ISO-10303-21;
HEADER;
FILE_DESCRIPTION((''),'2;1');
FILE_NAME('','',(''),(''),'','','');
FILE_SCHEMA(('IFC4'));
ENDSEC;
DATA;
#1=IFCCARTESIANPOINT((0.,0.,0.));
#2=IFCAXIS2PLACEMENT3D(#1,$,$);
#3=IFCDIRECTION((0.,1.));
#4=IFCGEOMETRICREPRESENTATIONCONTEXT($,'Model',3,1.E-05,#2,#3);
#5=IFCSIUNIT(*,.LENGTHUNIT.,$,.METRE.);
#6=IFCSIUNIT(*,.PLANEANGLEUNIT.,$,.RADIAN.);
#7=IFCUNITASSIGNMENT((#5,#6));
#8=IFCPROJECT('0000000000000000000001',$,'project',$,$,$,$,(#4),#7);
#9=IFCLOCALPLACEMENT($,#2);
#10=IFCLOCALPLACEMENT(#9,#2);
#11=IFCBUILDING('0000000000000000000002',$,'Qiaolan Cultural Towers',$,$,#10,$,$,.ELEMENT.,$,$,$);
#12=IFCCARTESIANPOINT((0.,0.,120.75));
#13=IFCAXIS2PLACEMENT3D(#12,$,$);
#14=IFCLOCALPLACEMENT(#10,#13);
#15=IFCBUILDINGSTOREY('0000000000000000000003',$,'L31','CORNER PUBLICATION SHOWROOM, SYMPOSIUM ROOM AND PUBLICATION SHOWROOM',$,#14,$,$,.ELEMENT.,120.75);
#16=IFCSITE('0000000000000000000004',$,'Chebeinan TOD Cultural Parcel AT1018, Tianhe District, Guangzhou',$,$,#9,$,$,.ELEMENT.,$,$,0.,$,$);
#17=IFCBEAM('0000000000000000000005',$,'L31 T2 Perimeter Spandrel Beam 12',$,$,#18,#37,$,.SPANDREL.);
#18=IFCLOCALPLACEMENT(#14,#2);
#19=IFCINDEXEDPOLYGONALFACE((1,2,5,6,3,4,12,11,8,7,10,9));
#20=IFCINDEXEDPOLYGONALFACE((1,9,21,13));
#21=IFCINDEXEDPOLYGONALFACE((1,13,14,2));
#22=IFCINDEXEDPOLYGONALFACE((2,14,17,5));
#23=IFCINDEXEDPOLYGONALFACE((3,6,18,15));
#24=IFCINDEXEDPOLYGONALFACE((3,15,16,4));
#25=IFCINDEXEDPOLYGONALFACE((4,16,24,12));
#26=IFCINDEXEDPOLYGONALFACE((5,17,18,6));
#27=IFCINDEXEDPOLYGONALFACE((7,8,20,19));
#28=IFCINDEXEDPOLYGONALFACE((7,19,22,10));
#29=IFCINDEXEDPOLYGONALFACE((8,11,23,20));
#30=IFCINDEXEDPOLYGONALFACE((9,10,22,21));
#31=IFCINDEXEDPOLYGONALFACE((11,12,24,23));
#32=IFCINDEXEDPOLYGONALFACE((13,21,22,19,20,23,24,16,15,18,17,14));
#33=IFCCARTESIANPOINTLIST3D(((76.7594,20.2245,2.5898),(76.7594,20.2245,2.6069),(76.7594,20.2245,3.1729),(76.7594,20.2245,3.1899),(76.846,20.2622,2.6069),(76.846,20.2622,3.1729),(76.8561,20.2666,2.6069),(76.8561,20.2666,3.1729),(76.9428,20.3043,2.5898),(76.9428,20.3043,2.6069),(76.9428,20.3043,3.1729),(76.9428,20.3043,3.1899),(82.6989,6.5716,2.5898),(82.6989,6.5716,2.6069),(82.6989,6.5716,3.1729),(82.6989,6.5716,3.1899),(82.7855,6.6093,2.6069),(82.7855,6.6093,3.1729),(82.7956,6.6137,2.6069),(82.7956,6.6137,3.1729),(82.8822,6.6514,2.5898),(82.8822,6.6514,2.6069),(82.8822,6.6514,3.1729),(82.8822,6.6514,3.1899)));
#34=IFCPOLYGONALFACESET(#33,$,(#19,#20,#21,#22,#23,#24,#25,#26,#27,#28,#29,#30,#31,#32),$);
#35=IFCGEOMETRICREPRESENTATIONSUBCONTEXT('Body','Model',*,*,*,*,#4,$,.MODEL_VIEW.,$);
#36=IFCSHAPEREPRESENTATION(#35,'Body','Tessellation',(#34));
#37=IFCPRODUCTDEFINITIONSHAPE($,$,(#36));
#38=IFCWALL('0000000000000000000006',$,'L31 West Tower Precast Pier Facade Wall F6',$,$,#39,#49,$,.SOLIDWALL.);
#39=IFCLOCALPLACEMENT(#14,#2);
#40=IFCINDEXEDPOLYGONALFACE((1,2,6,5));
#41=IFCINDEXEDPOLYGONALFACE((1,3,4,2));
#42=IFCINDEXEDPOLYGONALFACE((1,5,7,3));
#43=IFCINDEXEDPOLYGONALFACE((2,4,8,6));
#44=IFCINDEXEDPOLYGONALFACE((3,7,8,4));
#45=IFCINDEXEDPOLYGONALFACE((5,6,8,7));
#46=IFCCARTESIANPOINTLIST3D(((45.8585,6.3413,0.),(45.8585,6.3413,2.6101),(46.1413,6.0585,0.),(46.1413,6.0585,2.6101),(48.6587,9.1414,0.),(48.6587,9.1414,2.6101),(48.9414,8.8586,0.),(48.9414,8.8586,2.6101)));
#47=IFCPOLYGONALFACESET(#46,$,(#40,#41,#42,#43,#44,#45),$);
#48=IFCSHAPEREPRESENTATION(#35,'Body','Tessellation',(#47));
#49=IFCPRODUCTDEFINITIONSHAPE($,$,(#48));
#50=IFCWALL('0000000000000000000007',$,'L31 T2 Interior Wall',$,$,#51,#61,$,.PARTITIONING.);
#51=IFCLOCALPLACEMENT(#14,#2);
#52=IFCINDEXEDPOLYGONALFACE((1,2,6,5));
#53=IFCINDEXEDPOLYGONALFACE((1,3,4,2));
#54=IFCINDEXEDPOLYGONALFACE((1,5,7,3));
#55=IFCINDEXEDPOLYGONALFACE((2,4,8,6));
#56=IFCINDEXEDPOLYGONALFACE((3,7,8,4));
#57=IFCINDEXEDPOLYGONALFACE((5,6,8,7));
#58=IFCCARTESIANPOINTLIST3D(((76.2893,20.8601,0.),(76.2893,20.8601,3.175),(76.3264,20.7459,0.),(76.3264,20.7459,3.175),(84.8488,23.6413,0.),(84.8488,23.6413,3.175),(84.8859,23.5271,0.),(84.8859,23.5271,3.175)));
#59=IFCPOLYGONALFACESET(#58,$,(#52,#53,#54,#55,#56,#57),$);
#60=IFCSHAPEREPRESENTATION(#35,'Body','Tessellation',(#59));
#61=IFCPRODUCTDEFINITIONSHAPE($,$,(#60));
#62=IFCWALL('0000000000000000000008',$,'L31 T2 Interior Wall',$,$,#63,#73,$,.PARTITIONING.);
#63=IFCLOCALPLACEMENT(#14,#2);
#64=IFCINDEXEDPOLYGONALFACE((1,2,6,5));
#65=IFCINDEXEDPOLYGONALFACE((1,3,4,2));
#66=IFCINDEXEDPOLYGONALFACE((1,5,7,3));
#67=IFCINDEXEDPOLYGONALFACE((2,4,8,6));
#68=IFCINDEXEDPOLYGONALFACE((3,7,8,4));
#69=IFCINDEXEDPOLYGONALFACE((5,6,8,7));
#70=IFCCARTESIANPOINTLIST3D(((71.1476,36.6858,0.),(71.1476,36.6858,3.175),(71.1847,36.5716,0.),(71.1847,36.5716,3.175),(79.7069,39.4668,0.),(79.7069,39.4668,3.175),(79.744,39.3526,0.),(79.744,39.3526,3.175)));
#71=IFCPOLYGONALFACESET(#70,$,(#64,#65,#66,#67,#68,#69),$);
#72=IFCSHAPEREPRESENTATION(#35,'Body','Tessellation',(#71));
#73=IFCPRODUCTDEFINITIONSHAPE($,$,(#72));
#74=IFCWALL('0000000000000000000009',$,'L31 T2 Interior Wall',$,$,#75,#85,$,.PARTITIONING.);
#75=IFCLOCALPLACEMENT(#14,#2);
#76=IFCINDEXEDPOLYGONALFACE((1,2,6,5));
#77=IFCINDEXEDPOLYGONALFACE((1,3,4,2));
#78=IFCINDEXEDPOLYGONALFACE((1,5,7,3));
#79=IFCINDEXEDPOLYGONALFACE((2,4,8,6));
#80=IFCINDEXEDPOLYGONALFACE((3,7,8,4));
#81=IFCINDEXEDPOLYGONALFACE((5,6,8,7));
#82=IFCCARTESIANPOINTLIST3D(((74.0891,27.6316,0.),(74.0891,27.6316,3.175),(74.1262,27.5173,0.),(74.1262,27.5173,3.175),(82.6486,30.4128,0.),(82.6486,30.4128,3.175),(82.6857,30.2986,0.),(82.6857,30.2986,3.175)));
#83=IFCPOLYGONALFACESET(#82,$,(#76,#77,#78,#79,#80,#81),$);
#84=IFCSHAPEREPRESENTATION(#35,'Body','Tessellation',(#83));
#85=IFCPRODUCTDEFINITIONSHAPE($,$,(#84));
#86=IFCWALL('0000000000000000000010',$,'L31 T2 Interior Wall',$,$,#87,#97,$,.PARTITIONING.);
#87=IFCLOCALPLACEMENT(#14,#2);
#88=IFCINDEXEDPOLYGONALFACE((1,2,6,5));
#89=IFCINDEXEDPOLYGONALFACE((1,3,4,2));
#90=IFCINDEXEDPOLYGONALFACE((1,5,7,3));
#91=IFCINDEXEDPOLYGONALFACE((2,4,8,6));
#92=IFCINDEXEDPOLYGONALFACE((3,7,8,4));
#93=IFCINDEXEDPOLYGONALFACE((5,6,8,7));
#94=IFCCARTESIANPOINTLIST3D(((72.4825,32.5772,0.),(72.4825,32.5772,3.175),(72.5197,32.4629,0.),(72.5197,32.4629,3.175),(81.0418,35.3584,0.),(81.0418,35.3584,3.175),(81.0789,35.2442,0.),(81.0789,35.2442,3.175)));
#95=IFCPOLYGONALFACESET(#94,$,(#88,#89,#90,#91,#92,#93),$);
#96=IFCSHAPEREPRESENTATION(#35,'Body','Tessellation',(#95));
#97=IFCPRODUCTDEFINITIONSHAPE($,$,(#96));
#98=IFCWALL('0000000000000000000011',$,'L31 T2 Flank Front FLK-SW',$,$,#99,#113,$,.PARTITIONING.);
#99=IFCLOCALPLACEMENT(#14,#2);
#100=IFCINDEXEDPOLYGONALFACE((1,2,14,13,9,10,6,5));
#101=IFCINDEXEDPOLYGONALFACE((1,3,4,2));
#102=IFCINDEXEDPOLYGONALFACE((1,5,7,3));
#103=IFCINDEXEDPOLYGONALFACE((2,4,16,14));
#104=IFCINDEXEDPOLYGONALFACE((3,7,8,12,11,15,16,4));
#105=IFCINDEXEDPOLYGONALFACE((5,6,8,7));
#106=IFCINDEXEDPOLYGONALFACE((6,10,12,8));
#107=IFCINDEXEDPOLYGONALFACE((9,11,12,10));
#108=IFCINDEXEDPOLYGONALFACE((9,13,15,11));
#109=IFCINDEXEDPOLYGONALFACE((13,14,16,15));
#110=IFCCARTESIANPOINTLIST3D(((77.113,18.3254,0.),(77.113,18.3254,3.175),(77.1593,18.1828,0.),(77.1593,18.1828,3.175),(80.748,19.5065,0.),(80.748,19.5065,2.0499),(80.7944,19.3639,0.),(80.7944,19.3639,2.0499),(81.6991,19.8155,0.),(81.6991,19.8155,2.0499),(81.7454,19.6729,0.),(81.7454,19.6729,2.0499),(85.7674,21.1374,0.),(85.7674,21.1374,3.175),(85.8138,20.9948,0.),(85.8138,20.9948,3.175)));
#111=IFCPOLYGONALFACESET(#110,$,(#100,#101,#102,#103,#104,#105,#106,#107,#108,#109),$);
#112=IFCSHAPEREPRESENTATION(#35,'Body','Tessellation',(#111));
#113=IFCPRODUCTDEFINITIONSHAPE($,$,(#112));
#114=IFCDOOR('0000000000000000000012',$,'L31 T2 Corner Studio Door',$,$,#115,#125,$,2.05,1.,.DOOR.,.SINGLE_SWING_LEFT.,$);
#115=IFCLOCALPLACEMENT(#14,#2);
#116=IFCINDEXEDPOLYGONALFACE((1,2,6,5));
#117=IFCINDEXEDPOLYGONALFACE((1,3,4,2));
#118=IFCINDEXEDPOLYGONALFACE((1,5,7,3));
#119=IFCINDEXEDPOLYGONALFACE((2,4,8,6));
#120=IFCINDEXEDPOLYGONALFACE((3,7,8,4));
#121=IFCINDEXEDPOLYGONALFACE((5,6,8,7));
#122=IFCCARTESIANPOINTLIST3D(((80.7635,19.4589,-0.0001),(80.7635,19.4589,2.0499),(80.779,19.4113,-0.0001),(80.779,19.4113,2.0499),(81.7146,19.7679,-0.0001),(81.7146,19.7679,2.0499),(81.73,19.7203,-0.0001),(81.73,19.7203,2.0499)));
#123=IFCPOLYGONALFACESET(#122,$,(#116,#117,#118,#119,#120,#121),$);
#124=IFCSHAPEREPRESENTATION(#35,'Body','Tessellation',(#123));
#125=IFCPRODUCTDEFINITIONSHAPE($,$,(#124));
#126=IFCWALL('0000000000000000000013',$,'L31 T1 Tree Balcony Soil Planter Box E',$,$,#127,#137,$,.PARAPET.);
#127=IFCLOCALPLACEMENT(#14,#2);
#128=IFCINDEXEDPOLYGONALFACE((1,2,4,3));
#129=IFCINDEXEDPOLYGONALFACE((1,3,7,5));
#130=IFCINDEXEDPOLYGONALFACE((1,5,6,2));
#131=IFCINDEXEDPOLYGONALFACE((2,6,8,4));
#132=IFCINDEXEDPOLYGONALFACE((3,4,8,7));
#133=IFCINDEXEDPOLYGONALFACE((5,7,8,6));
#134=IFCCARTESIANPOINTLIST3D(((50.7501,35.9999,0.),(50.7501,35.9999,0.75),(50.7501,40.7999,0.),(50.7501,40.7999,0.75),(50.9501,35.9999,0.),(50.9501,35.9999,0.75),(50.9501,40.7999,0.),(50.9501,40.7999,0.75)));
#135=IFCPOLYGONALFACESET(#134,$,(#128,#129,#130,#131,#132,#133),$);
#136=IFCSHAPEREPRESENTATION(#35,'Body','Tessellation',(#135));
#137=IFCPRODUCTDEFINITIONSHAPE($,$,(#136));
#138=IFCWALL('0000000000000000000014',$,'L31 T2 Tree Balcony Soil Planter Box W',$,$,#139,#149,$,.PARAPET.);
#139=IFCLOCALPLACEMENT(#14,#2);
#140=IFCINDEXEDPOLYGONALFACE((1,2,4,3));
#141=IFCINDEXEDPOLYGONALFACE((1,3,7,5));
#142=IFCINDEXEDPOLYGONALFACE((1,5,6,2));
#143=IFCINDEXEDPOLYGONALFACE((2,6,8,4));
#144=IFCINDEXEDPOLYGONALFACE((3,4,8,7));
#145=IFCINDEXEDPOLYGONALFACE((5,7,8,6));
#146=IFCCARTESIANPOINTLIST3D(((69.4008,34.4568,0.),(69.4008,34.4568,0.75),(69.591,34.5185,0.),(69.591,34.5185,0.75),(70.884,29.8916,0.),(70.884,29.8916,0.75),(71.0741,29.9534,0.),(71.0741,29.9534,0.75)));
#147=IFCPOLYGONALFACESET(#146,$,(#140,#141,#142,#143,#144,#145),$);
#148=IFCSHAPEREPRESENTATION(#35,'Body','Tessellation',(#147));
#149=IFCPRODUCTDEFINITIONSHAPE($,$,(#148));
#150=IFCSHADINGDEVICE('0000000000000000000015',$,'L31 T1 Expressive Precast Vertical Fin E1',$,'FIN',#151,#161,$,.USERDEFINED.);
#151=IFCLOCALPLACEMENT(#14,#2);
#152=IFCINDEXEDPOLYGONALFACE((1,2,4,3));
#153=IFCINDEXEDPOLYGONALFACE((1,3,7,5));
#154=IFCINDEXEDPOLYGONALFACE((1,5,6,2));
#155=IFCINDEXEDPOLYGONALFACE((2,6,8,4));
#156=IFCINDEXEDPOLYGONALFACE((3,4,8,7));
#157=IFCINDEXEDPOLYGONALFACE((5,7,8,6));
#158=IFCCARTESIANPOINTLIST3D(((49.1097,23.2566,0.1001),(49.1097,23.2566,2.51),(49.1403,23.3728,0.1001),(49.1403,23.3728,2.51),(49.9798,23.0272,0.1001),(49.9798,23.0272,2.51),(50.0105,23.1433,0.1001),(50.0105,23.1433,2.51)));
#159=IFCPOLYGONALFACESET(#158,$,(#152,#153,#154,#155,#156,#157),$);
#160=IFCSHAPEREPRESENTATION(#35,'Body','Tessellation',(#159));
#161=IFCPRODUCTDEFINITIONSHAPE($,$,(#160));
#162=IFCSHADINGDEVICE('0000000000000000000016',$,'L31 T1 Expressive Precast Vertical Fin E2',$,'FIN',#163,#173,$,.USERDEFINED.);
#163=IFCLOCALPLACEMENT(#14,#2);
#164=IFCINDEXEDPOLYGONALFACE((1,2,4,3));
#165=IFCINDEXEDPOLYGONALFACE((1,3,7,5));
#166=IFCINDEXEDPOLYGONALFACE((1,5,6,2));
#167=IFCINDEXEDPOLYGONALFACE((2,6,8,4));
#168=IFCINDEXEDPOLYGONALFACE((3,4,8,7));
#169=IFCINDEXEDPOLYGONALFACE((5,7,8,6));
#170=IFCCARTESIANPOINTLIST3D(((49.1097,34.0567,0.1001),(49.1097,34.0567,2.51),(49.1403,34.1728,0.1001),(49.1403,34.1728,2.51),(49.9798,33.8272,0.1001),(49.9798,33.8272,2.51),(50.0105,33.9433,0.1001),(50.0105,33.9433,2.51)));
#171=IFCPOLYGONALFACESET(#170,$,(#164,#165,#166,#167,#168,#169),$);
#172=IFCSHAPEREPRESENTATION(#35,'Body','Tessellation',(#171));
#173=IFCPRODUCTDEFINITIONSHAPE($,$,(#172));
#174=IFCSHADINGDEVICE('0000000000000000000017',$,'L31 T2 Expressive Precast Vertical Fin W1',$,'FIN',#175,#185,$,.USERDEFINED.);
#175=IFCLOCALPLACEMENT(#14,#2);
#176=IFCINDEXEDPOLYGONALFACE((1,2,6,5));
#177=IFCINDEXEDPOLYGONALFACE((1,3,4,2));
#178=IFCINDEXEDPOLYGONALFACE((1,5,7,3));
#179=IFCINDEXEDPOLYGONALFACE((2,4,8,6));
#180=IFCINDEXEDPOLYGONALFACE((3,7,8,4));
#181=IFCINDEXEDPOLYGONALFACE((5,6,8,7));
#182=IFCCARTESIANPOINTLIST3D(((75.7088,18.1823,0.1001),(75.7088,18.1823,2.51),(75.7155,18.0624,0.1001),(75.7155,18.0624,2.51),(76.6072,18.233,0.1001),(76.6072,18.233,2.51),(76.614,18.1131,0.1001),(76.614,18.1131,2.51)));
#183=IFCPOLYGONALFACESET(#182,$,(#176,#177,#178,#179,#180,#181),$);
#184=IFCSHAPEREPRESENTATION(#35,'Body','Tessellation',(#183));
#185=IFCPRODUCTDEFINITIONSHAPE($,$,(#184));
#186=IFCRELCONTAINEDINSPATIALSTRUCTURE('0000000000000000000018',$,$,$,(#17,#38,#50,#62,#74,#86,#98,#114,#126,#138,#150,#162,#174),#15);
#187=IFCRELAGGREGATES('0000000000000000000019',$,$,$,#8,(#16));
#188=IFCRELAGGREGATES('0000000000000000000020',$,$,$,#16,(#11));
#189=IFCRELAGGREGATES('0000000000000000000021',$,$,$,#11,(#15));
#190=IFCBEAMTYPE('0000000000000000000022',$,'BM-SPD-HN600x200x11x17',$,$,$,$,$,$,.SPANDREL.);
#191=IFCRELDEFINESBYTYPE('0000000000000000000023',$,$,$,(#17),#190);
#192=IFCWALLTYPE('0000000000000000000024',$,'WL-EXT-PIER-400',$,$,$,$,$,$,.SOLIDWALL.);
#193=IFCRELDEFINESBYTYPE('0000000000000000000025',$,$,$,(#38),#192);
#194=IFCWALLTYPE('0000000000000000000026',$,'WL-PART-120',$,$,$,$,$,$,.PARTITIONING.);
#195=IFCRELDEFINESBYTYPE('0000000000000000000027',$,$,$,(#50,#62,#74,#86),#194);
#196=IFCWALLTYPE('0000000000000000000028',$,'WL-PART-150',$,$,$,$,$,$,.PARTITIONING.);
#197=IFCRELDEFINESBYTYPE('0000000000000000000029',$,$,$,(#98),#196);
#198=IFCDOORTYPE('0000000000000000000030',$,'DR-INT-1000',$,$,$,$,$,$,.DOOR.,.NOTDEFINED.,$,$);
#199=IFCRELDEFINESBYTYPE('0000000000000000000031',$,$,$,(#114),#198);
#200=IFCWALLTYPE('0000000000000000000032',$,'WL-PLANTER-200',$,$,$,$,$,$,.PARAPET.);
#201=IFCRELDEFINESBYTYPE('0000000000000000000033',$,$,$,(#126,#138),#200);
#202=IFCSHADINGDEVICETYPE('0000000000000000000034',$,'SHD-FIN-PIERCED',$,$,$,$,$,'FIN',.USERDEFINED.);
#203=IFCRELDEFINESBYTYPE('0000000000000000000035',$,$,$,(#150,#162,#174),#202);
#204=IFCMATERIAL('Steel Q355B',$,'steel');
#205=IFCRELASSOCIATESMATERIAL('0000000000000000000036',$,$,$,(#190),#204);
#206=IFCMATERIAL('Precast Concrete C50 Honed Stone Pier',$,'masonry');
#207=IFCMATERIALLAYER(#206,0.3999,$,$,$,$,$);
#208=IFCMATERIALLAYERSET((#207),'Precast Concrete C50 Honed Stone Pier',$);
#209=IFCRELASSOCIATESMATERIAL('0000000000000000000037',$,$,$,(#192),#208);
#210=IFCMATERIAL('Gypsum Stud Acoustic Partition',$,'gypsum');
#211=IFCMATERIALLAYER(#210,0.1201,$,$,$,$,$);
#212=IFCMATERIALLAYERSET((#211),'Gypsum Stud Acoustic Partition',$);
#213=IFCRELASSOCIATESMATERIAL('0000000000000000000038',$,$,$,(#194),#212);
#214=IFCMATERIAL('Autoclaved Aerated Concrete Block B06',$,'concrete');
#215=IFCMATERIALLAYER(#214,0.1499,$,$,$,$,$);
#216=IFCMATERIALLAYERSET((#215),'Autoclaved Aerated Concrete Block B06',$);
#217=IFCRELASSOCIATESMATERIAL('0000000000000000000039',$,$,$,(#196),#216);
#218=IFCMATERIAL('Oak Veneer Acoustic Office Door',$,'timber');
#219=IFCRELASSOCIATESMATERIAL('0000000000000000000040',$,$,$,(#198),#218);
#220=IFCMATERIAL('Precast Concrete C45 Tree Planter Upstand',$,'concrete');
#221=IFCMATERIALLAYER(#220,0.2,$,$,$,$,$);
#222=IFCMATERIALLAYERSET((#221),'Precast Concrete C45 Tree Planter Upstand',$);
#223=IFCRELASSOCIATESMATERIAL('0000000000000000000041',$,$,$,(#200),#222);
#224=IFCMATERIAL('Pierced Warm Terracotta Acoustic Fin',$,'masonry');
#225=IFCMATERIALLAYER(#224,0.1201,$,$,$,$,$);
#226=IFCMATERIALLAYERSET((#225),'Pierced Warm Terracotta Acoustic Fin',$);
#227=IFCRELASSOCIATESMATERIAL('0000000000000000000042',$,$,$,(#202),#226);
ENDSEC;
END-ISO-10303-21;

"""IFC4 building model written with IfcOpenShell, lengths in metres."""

from ifc_helpers import new_model, si_unit, direction, frame, frame_2d, origin, origin_2d, place, context, subcontext, project, spatial, rectangle, i_section, extrude, material, layer, layer_set, material_profile, profile_set, type_object, element, fill, save


model = new_model("IFC4")

# Units and contexts
model_context = context("Model", 3, precision=1e-05, world=origin(), true_north=direction((0.0, 1.0)))
body_context = subcontext(model_context, "Body", "Model", "MODEL_VIEW")
ifc_project = project(units=[si_unit("LENGTHUNIT", "METRE"), si_unit("PLANEANGLEUNIT", "RADIAN")], contexts=[model_context])

# Site, building, storey
site_placement = place(None, origin())
site = spatial("IfcSite", under=ifc_project, at=site_placement, Name="Chebeinan TOD Cultural Parcel AT1018, Tianhe District, Guangzhou", CompositionType="ELEMENT", RefElevation=0.0)
building_placement = place(site_placement, origin())
building = spatial("IfcBuilding", under=site, at=building_placement, Name="Qiaolan Cultural Towers", CompositionType="ELEMENT")
storey_placement = place(building_placement, frame((0.0, 0.0, 120.75)))
storey = spatial("IfcBuildingStorey", under=building, at=storey_placement, Name="L31", Description="CORNER PUBLICATION SHOWROOM, SYMPOSIUM ROOM AND PUBLICATION SHOWROOM", CompositionType="ELEMENT", Elevation=120.75)

# Beam
ifc_material_1 = material(Name="Steel Q355B", Category="steel")
ifc_material_profile_1 = material_profile(ifc_material_1, i_section(OverallWidth=0.2, OverallDepth=0.6001, WebThickness=0.011, FlangeThickness=0.0171, at=origin_2d()), Name="HN600x200x11x17")
ifc_profile_set_1 = profile_set([ifc_material_profile_1], Name="Steel Q355B")
beam_type_1 = type_object("IfcBeamType", Name="BM-SPD-HN600x200x11x17", PredefinedType="SPANDREL", material=ifc_profile_set_1)
beam_placement = place(storey_placement, frame((76.8511, 20.2644, 2.8899), z_axis=(0.39892, -0.916986, 0.0), x_axis=(0.916986, 0.39892, 0.0)))
element("IfcBeam", 1, at=beam_placement, inside=storey, type_object=beam_type_1, Name="L31 T2 Perimeter Spandrel Beam 12", PredefinedType="SPANDREL", context=body_context, shape_type="SweptSolid", body=[
    extrude(i_section(OverallWidth=0.2, OverallDepth=0.6001, WebThickness=0.011, FlangeThickness=0.0171, at=origin_2d()), origin(), (0.0, 0.0, 1.0), 14.8889),
])

# Walls
ifc_material_2 = material(Name="Precast Concrete C50 Honed Stone Pier", Category="masonry")
ifc_layer_1 = layer(ifc_material_2, 0.3999)
ifc_layer_set_1 = layer_set([ifc_layer_1], Name="Precast Concrete C50 Honed Stone Pier")
wall_type_1 = type_object("IfcWallType", Name="WL-EXT-PIER-400", PredefinedType="SOLIDWALL", material=ifc_layer_set_1)
wall_1_placement = place(storey_placement, frame((48.8, 9.0, 0.0), z_axis=(0.0, 0.0, 1.0), x_axis=(-0.707107, -0.707107, 0.0)))
element("IfcWall", 2, at=wall_1_placement, inside=storey, type_object=wall_type_1, Name="L31 West Tower Precast Pier Facade Wall F6", PredefinedType="SOLIDWALL", context=body_context, shape_type="SweptSolid", body=[
    extrude(rectangle(XDim=3.96, YDim=0.3999, at=frame_2d((1.98, 0.0))), origin(), (0.0, 0.0, 1.0), 2.6101),
])
ifc_material_3 = material(Name="Gypsum Stud Acoustic Partition", Category="gypsum")
ifc_layer_2 = layer(ifc_material_3, 0.1201)
ifc_layer_set_2 = layer_set([ifc_layer_2], Name="Gypsum Stud Acoustic Partition")
wall_type_2 = type_object("IfcWallType", Name="WL-PART-120", PredefinedType="PARTITIONING", material=ifc_layer_set_2)
wall_2_placement = place(storey_placement, frame((76.3079, 20.803, 0.0), z_axis=(0.0, 0.0, 1.0), x_axis=(0.951054, 0.309025, 0.0)))
element("IfcWall", 3, at=wall_2_placement, inside=storey, type_object=wall_type_2, Name="L31 T2 Interior Wall", PredefinedType="PARTITIONING", context=body_context, shape_type="SweptSolid", body=[
    extrude(rectangle(XDim=9.0, YDim=0.1201, at=frame_2d((4.5, 0.0))), origin(), (0.0, 0.0, 1.0), 3.175),
])
wall_3_placement = place(storey_placement, frame((71.166, 36.6287, 0.0), z_axis=(0.0, 0.0, 1.0), x_axis=(0.951059, 0.309008, 0.0)))
element("IfcWall", 4, at=wall_3_placement, inside=storey, type_object=wall_type_2, Name="L31 T2 Interior Wall", PredefinedType="PARTITIONING", context=body_context, shape_type="SweptSolid", body=[
    extrude(rectangle(XDim=8.9998, YDim=0.1201, at=frame_2d((4.5, 0.0))), origin(), (0.0, 0.0, 1.0), 3.175),
])
wall_4_placement = place(storey_placement, frame((74.1077, 27.5745, 0.0), z_axis=(0.0, 0.0, 1.0), x_axis=(0.951054, 0.309025, 0.0)))
element("IfcWall", 5, at=wall_4_placement, inside=storey, type_object=wall_type_2, Name="L31 T2 Interior Wall", PredefinedType="PARTITIONING", context=body_context, shape_type="SweptSolid", body=[
    extrude(rectangle(XDim=9.0, YDim=0.1201, at=frame_2d((4.5, 0.0))), origin(), (0.0, 0.0, 1.0), 3.175),
])
wall_5_placement = place(storey_placement, frame((72.501, 32.52, 0.0), z_axis=(0.0, 0.0, 1.0), x_axis=(0.951051, 0.309033, 0.0)))
element("IfcWall", 6, at=wall_5_placement, inside=storey, type_object=wall_type_2, Name="L31 T2 Interior Wall", PredefinedType="PARTITIONING", context=body_context, shape_type="SweptSolid", body=[
    extrude(rectangle(XDim=8.9998, YDim=0.1201, at=frame_2d((4.5, 0.0))), origin(), (0.0, 0.0, 1.0), 3.175),
])

# Wall, opening, door
ifc_material_4 = material(Name="Autoclaved Aerated Concrete Block B06", Category="concrete")
ifc_layer_3 = layer(ifc_material_4, 0.1499)
ifc_layer_set_3 = layer_set([ifc_layer_3], Name="Autoclaved Aerated Concrete Block B06")
wall_type_3 = type_object("IfcWallType", Name="WL-PART-150", PredefinedType="PARTITIONING", material=ifc_layer_set_3)
wall_6_placement = place(storey_placement, frame((77.1362, 18.2542, 0.0), z_axis=(0.0, 0.0, 1.0), x_axis=(0.951057, 0.309015, 0.0)))
wall_6 = element("IfcWall", 7, at=wall_6_placement, inside=storey, type_object=wall_type_3, Name="L31 T2 Flank Front FLK-SW", PredefinedType="PARTITIONING", context=body_context, shape_type="SweptSolid", body=[
    extrude(rectangle(XDim=9.0999, YDim=0.1499, at=frame_2d((4.5498, 0.0))), origin(), (0.0, 0.0, 1.0), 3.175),
])
opening_placement = place(wall_6_placement, frame((3.822, 0.0, 0.0)))
opening = element("IfcOpeningElement", 8, at=opening_placement, cuts=wall_6, PredefinedType="OPENING", context=body_context, shape_type="SweptSolid", body=[
    extrude(rectangle(XDim=1.0, YDim=2.05, at=frame_2d((0.5, 1.0249))), frame((0.0, 0.085, 0.0), z_axis=(0.0, -1.0, 0.0), x_axis=(1.0, 0.0, 0.0)), (0.0, 0.0, 1.0), 0.1699),
])
ifc_material_5 = material(Name="Oak Veneer Acoustic Office Door", Category="timber")
door_type = type_object("IfcDoorType", Name="DR-INT-1000", OperationType="NOTDEFINED", PredefinedType="DOOR", material=ifc_material_5)
door_placement = place(opening_placement, origin())
door = element("IfcDoor", 9, at=door_placement, inside=storey, type_object=door_type, Name="L31 T2 Corner Studio Door", OperationType="SINGLE_SWING_LEFT", OverallHeight=2.05, OverallWidth=1.0, PredefinedType="DOOR", context=body_context, shape_type="SweptSolid", body=[
    extrude(rectangle(XDim=1.0, YDim=2.05, at=frame_2d((0.5, 1.0249))), frame((0.0, 0.0249, 0.0), z_axis=(0.0, -1.0, 0.0), x_axis=(1.0, 0.0, 0.0)), (0.0, 0.0, 1.0), 0.05),
])
fill(opening, door)

# Walls
ifc_material_6 = material(Name="Precast Concrete C45 Tree Planter Upstand", Category="concrete")
ifc_layer_4 = layer(ifc_material_6, 0.2)
ifc_layer_set_4 = layer_set([ifc_layer_4], Name="Precast Concrete C45 Tree Planter Upstand")
wall_type_4 = type_object("IfcWallType", Name="WL-PLANTER-200", PredefinedType="PARAPET", material=ifc_layer_set_4)
for number, where, z_axis, x_axis, name in (
    (10, (50.8501, 36.0, 0.0), (0.0, 0.0, 1.0), (0.0, 1.0, 0.0), "L31 T1 Tree Balcony Soil Planter Box E"),
    (11, (70.979, 29.9226, 0.0), (0.0, 0.0, 1.0), (-0.308986, 0.951067, 0.0), "L31 T2 Tree Balcony Soil Planter Box W"),
):
    element("IfcWall", number, at=place(storey_placement, frame(where, z_axis=z_axis, x_axis=x_axis)), inside=storey, type_object=wall_type_4, Name=name, PredefinedType="PARAPET", context=body_context, shape_type="SweptSolid", body=[
        extrude(rectangle(XDim=4.8, YDim=0.2, at=frame_2d((2.3999, 0.0))), origin(), (0.0, 0.0, 1.0), 0.75),
    ])

# Shading devices
ifc_material_7 = material(Name="Pierced Warm Terracotta Acoustic Fin", Category="masonry")
ifc_layer_5 = layer(ifc_material_7, 0.1201)
ifc_layer_set_5 = layer_set([ifc_layer_5], Name="Pierced Warm Terracotta Acoustic Fin")
shading_device_type = type_object("IfcShadingDeviceType", Name="SHD-FIN-PIERCED", ElementType="FIN", PredefinedType="USERDEFINED", material=ifc_layer_set_5)
for number, where, z_axis, x_axis, name in (
    (12, (49.5601, 23.2, 0.1001), (0.0, 0.0, 1.0), (0.966948, -0.254975, 0.0), "L31 T1 Expressive Precast Vertical Fin E1"),
    (13, (49.5601, 34.0, 0.1001), (0.0, 0.0, 1.0), (0.966948, -0.254975, 0.0), "L31 T1 Expressive Precast Vertical Fin E2"),
    (14, (76.1614, 18.1477, 0.1001), (0.0, 0.0, 1.0), (0.998413, 0.056307, 0.0), "L31 T2 Expressive Precast Vertical Fin W1"),
):
    element("IfcShadingDevice", number, at=place(storey_placement, frame(where, z_axis=z_axis, x_axis=x_axis)), inside=storey, type_object=shading_device_type, Name=name, ObjectType="FIN", PredefinedType="USERDEFINED", context=body_context, shape_type="SweptSolid", body=[
        extrude(rectangle(XDim=0.8999, YDim=0.1201, at=origin_2d()), origin(), (0.0, 0.0, 1.0), 2.4099),
    ])

save(model, "model.ifc")
